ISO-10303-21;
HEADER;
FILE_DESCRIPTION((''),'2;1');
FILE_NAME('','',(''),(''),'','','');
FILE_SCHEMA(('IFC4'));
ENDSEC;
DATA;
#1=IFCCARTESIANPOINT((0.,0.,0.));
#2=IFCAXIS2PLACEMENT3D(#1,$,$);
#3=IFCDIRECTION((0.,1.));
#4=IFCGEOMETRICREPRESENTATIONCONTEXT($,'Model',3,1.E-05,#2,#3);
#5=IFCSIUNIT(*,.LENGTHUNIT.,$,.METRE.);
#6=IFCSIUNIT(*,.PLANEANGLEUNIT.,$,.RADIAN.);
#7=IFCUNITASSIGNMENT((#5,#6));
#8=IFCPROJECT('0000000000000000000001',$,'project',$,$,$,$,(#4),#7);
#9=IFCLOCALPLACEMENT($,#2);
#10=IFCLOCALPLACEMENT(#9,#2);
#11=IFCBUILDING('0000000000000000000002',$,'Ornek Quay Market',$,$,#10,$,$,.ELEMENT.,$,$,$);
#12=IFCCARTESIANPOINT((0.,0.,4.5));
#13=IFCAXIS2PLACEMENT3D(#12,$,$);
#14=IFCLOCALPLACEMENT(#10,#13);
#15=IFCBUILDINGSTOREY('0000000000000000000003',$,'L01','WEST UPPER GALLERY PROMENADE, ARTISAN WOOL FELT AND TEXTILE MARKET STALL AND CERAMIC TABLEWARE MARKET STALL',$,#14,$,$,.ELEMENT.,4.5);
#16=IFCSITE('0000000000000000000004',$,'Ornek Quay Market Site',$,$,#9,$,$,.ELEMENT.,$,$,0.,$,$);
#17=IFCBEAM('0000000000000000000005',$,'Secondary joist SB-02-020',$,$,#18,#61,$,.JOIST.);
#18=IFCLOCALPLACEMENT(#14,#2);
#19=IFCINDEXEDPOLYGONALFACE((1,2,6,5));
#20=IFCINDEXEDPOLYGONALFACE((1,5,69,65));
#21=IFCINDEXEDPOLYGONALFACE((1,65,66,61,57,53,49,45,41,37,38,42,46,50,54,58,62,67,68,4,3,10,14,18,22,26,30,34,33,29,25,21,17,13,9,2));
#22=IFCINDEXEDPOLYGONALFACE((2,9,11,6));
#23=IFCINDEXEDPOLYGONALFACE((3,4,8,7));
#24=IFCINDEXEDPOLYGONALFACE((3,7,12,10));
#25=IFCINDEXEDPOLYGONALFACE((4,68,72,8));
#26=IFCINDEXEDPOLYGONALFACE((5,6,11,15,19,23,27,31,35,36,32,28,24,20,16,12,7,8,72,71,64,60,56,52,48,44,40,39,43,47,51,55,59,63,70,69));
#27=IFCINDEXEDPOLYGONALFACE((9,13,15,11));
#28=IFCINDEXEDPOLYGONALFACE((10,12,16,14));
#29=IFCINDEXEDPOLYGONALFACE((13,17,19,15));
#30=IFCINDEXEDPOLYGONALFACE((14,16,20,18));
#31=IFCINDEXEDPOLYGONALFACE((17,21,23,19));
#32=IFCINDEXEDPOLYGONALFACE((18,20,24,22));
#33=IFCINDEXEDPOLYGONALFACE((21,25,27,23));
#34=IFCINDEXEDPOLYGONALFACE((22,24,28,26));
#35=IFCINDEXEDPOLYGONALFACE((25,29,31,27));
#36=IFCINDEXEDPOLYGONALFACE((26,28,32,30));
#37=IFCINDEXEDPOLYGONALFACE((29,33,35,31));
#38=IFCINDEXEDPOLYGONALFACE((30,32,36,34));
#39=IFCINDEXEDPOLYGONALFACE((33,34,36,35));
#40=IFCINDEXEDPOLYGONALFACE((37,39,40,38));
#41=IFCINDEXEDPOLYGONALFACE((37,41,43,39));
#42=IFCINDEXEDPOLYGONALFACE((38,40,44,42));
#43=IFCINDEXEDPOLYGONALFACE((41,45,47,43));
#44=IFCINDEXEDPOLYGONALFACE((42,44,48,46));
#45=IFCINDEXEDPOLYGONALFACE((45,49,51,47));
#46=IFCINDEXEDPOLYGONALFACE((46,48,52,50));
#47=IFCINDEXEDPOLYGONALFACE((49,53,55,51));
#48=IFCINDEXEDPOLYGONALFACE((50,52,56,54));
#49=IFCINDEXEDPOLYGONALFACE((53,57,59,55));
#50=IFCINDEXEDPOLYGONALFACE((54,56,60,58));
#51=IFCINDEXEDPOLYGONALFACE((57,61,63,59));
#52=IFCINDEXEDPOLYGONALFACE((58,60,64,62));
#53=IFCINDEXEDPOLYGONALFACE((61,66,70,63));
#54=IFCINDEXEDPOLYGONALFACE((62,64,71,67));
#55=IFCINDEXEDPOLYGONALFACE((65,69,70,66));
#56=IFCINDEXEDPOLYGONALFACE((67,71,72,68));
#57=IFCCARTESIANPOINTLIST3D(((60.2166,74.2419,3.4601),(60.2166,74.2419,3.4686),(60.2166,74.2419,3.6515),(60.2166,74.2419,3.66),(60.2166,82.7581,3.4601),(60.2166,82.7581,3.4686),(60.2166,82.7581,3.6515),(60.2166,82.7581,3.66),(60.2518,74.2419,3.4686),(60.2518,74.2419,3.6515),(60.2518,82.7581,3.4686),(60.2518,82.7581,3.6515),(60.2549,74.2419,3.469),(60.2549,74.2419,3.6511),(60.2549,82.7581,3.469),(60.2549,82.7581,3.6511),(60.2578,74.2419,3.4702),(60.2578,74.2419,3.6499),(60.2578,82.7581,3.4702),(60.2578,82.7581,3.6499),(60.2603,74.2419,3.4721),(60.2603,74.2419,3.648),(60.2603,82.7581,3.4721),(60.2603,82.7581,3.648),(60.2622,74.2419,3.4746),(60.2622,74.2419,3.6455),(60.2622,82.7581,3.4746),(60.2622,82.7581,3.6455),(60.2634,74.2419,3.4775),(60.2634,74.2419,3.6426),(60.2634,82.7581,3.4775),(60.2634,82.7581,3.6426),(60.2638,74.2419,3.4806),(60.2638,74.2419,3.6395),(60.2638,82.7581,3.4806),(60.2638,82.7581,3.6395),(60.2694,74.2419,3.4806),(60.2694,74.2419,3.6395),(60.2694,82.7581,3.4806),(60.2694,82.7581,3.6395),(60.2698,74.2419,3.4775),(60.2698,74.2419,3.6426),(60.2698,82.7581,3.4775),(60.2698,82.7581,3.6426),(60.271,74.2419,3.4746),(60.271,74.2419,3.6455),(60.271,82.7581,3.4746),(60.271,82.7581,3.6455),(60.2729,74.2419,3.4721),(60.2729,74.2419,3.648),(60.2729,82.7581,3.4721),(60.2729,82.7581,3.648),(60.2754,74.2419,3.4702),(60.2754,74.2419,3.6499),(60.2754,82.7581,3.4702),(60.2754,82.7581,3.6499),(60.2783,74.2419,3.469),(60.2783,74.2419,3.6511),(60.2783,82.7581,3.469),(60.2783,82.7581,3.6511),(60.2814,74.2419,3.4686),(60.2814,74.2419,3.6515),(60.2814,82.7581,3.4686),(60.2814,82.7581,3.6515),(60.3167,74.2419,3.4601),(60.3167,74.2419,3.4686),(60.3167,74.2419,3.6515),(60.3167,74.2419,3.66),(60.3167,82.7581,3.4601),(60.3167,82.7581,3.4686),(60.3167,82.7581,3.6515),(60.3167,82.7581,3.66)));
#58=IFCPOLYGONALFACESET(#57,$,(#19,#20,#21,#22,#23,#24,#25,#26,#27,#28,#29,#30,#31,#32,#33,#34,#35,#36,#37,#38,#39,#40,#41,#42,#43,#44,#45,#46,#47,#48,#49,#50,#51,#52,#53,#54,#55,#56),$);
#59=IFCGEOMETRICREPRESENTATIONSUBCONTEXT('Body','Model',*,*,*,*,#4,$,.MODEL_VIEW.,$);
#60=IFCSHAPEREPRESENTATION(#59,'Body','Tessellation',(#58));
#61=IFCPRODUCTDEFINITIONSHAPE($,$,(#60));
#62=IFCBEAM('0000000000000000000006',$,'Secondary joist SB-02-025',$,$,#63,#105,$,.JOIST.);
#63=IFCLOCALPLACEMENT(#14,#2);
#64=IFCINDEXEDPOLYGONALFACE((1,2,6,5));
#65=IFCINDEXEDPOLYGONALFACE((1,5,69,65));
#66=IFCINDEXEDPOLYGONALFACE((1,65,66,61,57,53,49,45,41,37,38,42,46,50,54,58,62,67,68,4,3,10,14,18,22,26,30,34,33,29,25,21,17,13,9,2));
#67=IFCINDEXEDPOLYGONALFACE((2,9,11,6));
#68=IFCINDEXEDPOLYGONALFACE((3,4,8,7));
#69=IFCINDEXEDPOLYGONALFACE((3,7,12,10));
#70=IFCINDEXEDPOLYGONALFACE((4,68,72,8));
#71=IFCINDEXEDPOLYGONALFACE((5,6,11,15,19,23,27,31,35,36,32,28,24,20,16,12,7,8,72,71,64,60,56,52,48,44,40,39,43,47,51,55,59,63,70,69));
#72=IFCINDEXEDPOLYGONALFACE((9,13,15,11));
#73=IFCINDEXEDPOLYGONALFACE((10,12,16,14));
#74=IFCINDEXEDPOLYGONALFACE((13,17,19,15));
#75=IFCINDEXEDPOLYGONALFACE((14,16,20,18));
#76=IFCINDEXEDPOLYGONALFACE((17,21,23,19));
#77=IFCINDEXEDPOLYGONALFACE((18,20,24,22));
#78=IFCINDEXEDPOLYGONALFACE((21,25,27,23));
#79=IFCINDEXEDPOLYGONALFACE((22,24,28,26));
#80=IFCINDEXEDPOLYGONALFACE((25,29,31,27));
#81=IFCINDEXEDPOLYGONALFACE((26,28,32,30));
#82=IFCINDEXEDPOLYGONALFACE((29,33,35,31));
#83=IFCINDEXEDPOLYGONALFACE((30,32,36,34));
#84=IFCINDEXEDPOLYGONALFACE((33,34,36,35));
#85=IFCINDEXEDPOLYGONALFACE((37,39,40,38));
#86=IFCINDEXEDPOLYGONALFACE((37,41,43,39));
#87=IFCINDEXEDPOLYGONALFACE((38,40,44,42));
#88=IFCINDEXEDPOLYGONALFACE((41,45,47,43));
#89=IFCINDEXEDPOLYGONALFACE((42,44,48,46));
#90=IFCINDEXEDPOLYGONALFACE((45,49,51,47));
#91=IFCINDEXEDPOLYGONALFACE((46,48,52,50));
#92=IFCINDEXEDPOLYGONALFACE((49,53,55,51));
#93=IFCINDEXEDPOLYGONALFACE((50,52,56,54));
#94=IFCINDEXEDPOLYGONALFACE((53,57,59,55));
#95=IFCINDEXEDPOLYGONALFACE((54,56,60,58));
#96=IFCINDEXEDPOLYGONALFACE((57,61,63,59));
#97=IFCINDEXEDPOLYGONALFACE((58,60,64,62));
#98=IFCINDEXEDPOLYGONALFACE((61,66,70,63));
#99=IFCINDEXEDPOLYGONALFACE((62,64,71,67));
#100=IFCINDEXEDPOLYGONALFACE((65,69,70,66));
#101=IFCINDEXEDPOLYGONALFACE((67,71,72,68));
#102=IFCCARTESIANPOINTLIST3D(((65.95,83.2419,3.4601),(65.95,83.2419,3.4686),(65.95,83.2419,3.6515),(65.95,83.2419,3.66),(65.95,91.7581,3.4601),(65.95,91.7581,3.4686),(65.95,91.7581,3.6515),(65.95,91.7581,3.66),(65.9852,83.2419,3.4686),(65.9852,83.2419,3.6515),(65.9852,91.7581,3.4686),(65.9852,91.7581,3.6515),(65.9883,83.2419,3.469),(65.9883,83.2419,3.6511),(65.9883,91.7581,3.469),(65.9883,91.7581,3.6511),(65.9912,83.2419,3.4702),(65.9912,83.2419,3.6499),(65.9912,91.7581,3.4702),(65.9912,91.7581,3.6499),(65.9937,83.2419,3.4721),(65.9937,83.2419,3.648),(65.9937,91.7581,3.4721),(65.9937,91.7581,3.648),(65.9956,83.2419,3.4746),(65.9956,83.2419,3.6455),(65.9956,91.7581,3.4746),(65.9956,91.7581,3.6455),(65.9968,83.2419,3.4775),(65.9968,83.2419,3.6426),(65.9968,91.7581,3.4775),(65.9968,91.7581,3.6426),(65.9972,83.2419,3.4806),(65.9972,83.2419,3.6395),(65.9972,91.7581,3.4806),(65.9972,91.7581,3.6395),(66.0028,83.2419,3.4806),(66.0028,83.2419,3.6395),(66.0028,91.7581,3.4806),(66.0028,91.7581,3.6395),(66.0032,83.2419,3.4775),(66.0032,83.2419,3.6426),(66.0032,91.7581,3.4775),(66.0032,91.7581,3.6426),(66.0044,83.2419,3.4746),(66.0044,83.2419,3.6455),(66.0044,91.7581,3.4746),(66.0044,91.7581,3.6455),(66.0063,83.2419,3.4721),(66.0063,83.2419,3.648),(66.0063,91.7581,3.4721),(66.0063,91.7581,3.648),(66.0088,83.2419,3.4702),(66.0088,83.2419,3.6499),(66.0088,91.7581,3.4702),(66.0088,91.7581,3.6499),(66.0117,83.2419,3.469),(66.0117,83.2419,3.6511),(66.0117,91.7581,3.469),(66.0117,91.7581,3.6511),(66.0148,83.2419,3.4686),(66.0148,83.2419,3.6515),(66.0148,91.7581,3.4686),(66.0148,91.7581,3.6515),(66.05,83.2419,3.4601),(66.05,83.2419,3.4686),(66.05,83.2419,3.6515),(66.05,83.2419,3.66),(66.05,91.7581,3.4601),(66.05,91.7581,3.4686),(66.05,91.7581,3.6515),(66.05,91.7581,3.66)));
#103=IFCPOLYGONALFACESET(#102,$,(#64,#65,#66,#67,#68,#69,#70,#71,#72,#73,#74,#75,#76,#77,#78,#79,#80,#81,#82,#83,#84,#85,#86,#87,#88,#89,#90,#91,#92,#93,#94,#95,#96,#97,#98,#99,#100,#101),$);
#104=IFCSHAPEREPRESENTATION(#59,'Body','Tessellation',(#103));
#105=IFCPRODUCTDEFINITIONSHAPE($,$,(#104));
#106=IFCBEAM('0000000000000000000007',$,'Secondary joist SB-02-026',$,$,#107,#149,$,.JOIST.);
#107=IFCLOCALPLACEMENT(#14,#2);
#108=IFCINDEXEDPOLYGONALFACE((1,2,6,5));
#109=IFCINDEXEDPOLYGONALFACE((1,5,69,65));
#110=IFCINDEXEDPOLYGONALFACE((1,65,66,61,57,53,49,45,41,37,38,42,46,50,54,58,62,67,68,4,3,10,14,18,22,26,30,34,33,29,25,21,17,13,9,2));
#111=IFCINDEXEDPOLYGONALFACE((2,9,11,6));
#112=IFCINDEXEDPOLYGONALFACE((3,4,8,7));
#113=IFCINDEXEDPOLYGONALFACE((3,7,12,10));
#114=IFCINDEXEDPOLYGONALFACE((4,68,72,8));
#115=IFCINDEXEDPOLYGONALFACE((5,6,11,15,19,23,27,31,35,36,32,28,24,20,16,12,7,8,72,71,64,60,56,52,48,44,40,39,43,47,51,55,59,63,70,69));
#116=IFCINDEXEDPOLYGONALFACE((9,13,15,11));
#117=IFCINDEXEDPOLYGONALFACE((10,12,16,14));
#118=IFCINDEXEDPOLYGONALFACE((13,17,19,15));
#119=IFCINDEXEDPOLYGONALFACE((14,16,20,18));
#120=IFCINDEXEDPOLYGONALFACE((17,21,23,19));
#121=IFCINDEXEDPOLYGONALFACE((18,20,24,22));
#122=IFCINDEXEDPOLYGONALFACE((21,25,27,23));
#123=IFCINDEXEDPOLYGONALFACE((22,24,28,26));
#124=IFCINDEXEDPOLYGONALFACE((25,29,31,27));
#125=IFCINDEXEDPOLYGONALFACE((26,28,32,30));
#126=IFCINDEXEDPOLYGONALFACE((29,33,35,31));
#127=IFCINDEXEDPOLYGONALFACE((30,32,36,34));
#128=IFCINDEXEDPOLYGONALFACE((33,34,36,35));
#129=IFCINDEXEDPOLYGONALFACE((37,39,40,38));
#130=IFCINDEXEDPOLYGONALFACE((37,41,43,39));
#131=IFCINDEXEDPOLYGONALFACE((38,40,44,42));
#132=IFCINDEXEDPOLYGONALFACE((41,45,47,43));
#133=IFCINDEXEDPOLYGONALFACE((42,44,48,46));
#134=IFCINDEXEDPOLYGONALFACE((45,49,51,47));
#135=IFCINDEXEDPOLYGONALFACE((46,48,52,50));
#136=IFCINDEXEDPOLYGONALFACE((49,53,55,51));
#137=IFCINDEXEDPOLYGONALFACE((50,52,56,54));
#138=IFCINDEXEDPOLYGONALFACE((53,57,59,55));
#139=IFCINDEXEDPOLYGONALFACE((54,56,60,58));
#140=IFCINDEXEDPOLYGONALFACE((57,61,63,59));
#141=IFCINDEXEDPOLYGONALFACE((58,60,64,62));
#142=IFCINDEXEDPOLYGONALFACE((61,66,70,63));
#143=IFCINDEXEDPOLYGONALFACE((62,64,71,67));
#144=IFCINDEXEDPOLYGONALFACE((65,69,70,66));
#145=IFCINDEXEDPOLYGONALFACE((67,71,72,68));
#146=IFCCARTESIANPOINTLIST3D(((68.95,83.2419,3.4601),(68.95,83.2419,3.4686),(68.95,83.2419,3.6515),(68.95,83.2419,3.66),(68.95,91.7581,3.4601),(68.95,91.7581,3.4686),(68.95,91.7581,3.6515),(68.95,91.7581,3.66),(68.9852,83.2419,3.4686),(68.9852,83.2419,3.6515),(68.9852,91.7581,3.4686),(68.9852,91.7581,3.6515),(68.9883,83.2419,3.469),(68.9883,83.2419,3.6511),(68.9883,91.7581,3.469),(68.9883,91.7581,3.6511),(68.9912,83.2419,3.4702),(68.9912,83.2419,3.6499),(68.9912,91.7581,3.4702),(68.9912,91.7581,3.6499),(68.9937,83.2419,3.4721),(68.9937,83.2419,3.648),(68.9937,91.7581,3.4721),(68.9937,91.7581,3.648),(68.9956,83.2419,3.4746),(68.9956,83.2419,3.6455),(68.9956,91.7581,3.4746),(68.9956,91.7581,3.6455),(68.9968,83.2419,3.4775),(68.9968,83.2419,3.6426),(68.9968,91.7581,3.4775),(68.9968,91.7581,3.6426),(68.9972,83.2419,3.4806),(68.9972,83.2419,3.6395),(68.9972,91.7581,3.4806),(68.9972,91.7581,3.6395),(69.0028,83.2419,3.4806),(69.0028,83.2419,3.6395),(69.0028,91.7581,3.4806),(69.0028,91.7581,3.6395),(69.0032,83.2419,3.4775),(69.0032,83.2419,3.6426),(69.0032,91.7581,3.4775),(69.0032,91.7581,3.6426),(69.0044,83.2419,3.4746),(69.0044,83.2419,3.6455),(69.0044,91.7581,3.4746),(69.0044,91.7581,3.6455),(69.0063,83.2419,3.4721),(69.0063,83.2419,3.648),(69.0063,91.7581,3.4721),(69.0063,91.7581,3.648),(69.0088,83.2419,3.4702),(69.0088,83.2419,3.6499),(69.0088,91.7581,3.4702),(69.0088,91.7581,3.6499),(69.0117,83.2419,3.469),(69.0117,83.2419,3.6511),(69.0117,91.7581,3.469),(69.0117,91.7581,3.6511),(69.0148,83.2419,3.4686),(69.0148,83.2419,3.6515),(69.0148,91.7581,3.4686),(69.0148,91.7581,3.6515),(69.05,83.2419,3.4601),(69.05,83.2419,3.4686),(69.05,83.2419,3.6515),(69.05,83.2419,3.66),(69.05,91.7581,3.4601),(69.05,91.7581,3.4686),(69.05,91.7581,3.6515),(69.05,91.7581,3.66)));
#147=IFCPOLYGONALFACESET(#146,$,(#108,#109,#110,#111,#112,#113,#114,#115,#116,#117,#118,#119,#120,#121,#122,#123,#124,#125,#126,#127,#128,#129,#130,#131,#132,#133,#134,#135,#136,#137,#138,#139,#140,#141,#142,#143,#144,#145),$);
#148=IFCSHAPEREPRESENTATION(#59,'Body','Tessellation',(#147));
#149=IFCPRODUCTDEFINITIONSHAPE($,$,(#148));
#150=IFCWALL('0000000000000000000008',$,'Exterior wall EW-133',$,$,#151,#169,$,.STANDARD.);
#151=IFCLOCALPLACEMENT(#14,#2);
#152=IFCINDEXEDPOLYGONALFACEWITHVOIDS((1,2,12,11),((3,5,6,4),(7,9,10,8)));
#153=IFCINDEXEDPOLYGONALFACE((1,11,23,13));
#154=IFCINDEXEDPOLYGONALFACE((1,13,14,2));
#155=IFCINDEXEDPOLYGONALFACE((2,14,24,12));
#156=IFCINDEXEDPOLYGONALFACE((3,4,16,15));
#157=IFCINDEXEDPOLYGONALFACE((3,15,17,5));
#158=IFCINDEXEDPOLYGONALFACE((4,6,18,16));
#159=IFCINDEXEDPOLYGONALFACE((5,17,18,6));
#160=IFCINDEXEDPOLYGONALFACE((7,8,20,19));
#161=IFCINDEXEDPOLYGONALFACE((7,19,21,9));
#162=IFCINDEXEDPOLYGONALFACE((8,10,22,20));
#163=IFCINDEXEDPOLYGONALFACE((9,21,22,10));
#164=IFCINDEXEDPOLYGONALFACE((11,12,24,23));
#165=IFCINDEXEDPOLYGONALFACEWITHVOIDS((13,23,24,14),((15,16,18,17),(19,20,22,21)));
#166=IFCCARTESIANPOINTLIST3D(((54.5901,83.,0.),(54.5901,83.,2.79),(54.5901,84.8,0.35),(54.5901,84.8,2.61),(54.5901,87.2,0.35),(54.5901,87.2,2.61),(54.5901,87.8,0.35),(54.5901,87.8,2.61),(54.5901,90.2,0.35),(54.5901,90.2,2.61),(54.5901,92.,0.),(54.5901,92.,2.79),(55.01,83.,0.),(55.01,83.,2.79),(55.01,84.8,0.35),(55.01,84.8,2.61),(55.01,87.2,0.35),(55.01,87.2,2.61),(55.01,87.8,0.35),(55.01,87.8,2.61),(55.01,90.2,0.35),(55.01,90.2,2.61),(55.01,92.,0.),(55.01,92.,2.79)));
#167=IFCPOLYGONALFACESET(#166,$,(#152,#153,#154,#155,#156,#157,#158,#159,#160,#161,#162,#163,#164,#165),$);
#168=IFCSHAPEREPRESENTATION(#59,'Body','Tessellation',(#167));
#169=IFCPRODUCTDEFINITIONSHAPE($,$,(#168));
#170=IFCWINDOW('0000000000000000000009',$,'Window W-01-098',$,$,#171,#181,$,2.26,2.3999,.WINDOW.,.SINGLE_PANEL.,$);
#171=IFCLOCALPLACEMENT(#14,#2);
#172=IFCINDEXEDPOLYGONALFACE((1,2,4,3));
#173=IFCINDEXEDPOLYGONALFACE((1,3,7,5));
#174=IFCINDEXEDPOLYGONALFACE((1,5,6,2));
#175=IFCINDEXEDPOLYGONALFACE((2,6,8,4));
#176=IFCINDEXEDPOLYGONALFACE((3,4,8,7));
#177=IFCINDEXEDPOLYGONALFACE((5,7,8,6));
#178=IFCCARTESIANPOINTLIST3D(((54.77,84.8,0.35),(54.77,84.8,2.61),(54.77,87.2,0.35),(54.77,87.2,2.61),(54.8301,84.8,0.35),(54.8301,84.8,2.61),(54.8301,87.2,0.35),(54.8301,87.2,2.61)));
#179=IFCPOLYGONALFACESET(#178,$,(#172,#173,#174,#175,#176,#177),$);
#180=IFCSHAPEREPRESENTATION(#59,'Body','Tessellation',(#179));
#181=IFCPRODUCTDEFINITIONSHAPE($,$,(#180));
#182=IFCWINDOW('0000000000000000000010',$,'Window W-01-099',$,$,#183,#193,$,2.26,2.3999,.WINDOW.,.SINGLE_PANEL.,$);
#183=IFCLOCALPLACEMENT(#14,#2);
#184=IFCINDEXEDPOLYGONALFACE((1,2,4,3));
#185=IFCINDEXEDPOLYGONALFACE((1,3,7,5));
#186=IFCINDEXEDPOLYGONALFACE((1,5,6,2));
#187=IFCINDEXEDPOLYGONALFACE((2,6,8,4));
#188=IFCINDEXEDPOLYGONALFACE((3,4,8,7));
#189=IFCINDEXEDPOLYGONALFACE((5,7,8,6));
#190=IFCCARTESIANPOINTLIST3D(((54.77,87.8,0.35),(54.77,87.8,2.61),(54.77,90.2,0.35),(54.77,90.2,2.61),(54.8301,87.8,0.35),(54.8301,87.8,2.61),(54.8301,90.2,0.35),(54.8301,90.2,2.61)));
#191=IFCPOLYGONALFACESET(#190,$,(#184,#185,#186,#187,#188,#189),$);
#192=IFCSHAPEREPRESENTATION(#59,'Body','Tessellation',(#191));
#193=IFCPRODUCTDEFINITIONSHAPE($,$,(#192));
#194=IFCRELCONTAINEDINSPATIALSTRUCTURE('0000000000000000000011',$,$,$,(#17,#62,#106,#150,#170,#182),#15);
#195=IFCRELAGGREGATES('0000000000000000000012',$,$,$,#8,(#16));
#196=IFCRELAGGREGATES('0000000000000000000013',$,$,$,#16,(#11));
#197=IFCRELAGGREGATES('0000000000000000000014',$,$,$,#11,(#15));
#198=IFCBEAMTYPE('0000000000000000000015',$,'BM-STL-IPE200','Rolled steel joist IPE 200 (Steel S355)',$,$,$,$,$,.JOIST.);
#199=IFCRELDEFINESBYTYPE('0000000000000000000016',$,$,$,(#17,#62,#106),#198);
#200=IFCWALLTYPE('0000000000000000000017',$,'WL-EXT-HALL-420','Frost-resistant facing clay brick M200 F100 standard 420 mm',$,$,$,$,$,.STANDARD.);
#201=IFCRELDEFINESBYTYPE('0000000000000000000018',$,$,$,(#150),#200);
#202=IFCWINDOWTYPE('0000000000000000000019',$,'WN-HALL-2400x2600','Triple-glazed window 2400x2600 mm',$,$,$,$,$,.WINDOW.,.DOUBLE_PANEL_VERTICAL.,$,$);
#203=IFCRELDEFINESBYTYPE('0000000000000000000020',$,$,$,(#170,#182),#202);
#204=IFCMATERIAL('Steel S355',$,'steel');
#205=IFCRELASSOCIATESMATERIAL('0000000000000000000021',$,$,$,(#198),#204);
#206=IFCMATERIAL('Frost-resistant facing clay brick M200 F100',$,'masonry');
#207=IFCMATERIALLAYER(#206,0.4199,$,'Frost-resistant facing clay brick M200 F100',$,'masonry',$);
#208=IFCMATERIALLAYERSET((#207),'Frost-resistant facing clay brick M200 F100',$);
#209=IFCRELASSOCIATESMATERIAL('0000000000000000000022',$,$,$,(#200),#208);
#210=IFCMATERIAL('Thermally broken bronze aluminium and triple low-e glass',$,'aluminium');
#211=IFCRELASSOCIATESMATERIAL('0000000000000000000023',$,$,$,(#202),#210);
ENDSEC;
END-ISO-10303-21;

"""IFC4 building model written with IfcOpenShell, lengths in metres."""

from ifc_helpers import new_model, si_unit, direction, frame, frame_2d, origin, origin_2d, place, context, subcontext, project, spatial, rectangle, i_section, extrude, material, layer, layer_set, material_profile, profile_set, type_object, element, fill, save


model = new_model("IFC4")

# Units and contexts
model_context = context("Model", 3, precision=1e-05, world=origin(), true_north=direction((0.0, 1.0)))
body_context = subcontext(model_context, "Body", "Model", "MODEL_VIEW")
ifc_project = project(units=[si_unit("LENGTHUNIT", "METRE"), si_unit("PLANEANGLEUNIT", "RADIAN")], contexts=[model_context])

# Site, building, storey
site_placement = place(None, origin())
site = spatial("IfcSite", under=ifc_project, at=site_placement, Name="Ornek Quay Market Site", CompositionType="ELEMENT", RefElevation=0.0)
building_placement = place(site_placement, origin())
building = spatial("IfcBuilding", under=site, at=building_placement, Name="Ornek Quay Market", CompositionType="ELEMENT")
storey_placement = place(building_placement, frame((0.0, 0.0, 4.5)))
storey = spatial("IfcBuildingStorey", under=building, at=storey_placement, Name="L01", Description="WEST UPPER GALLERY PROMENADE, ARTISAN WOOL FELT AND TEXTILE MARKET STALL AND CERAMIC TABLEWARE MARKET STALL", CompositionType="ELEMENT", Elevation=4.5)

# Beams
ifc_material_1 = material(Name="Steel S355", Category="steel")
ifc_material_profile_1 = material_profile(ifc_material_1, i_section(OverallWidth=0.1001, OverallDepth=0.2, WebThickness=0.0056, FlangeThickness=0.0085, FilletRadius=0.012, at=origin_2d()), Name="IPE 200", Category="steel")
ifc_profile_set_1 = profile_set([ifc_material_profile_1], Name="Steel S355")
beam_type_1 = type_object("IfcBeamType", Name="BM-STL-IPE200", Description="Rolled steel joist IPE 200 (Steel S355)", PredefinedType="JOIST", material=ifc_profile_set_1)
for number, where, z_axis, x_axis, name in (
    (1, (60.2666, 74.2419, 3.5601), (0.0, 1.0, 0.0), (-1.0, 0.0, 0.0), "Secondary joist SB-02-020"),
    (2, (66.0, 83.2419, 3.5601), (0.0, 1.0, 0.0), (-1.0, 0.0, 0.0), "Secondary joist SB-02-025"),
    (3, (69.0, 83.2419, 3.5601), (0.0, 1.0, 0.0), (-1.0, 0.0, 0.0), "Secondary joist SB-02-026"),
):
    element("IfcBeam", number, at=place(storey_placement, frame(where, z_axis=z_axis, x_axis=x_axis)), inside=storey, type_object=beam_type_1, Name=name, PredefinedType="JOIST", context=body_context, shape_type="SweptSolid", body=[
        extrude(i_section(OverallWidth=0.1001, OverallDepth=0.2, WebThickness=0.0056, FlangeThickness=0.0085, FilletRadius=0.012, at=origin_2d()), origin(), (0.0, 0.0, 1.0), 8.5161),
    ])

# Wall, openings, windows
ifc_material_2 = material(Name="Frost-resistant facing clay brick M200 F100", Category="masonry")
ifc_layer = layer(ifc_material_2, 0.4199, Name="Frost-resistant facing clay brick M200 F100", Category="masonry")
ifc_layer_set = layer_set([ifc_layer], Name="Frost-resistant facing clay brick M200 F100")
wall_type = type_object("IfcWallType", Name="WL-EXT-HALL-420", Description="Frost-resistant facing clay brick M200 F100 standard 420 mm", PredefinedType="STANDARD", material=ifc_layer_set)
wall_placement = place(storey_placement, frame((54.8, 83.0, 0.0), z_axis=(0.0, 0.0, 1.0), x_axis=(0.0, 1.0, 0.0)))
wall = element("IfcWall", 4, at=wall_placement, inside=storey, type_object=wall_type, Name="Exterior wall EW-133", PredefinedType="STANDARD", context=body_context, shape_type="SweptSolid", body=[
    extrude(rectangle(XDim=9.0, YDim=0.4199, at=frame_2d((4.5, 0.0))), origin(), (0.0, 0.0, 1.0), 2.79),
])
opening_1_placement = place(wall_placement, frame((1.8, 0.0, 0.3501)))
opening_1 = element("IfcOpeningElement", 5, at=opening_1_placement, cuts=wall, PredefinedType="OPENING", context=body_context, shape_type="SweptSolid", body=[
    extrude(rectangle(XDim=2.3999, YDim=2.26, at=frame_2d((1.2, 1.1299))), frame((0.0, 0.22, 0.0), z_axis=(0.0, -1.0, 0.0), x_axis=(1.0, 0.0, 0.0)), (0.0, 0.0, 1.0), 0.4399),
])
opening_2_placement = place(wall_placement, frame((4.8, 0.0, 0.3501)))
opening_2 = element("IfcOpeningElement", 6, at=opening_2_placement, cuts=wall, PredefinedType="OPENING", context=body_context, shape_type="SweptSolid", body=[
    extrude(rectangle(XDim=2.3999, YDim=2.26, at=frame_2d((1.2, 1.1299))), frame((0.0, 0.22, 0.0), z_axis=(0.0, -1.0, 0.0), x_axis=(1.0, 0.0, 0.0)), (0.0, 0.0, 1.0), 0.4399),
])
ifc_material_3 = material(Name="Thermally broken bronze aluminium and triple low-e glass", Category="aluminium")
window_type = type_object("IfcWindowType", Name="WN-HALL-2400x2600", Description="Triple-glazed window 2400x2600 mm", PartitioningType="DOUBLE_PANEL_VERTICAL", PredefinedType="WINDOW", material=ifc_material_3)
window_1_placement = place(opening_1_placement, origin())
window_1 = element("IfcWindow", 7, at=window_1_placement, inside=storey, type_object=window_type, Name="Window W-01-098", OverallHeight=2.26, OverallWidth=2.3999, PartitioningType="SINGLE_PANEL", PredefinedType="WINDOW", context=body_context, shape_type="SweptSolid", body=[
    extrude(rectangle(XDim=2.3999, YDim=2.26, at=frame_2d((1.2, 1.1299))), frame((0.0, 0.03, 0.0), z_axis=(0.0, -1.0, 0.0), x_axis=(1.0, 0.0, 0.0)), (0.0, 0.0, 1.0), 0.0601),
])
fill(opening_1, window_1)
window_2_placement = place(opening_2_placement, origin())
window_2 = element("IfcWindow", 8, at=window_2_placement, inside=storey, type_object=window_type, Name="Window W-01-099", OverallHeight=2.26, OverallWidth=2.3999, PartitioningType="SINGLE_PANEL", PredefinedType="WINDOW", context=body_context, shape_type="SweptSolid", body=[
    extrude(rectangle(XDim=2.3999, YDim=2.26, at=frame_2d((1.2, 1.1299))), frame((0.0, 0.03, 0.0), z_axis=(0.0, -1.0, 0.0), x_axis=(1.0, 0.0, 0.0)), (0.0, 0.0, 1.0), 0.0601),
])
fill(opening_2, window_2)

save(model, "model.ifc")
